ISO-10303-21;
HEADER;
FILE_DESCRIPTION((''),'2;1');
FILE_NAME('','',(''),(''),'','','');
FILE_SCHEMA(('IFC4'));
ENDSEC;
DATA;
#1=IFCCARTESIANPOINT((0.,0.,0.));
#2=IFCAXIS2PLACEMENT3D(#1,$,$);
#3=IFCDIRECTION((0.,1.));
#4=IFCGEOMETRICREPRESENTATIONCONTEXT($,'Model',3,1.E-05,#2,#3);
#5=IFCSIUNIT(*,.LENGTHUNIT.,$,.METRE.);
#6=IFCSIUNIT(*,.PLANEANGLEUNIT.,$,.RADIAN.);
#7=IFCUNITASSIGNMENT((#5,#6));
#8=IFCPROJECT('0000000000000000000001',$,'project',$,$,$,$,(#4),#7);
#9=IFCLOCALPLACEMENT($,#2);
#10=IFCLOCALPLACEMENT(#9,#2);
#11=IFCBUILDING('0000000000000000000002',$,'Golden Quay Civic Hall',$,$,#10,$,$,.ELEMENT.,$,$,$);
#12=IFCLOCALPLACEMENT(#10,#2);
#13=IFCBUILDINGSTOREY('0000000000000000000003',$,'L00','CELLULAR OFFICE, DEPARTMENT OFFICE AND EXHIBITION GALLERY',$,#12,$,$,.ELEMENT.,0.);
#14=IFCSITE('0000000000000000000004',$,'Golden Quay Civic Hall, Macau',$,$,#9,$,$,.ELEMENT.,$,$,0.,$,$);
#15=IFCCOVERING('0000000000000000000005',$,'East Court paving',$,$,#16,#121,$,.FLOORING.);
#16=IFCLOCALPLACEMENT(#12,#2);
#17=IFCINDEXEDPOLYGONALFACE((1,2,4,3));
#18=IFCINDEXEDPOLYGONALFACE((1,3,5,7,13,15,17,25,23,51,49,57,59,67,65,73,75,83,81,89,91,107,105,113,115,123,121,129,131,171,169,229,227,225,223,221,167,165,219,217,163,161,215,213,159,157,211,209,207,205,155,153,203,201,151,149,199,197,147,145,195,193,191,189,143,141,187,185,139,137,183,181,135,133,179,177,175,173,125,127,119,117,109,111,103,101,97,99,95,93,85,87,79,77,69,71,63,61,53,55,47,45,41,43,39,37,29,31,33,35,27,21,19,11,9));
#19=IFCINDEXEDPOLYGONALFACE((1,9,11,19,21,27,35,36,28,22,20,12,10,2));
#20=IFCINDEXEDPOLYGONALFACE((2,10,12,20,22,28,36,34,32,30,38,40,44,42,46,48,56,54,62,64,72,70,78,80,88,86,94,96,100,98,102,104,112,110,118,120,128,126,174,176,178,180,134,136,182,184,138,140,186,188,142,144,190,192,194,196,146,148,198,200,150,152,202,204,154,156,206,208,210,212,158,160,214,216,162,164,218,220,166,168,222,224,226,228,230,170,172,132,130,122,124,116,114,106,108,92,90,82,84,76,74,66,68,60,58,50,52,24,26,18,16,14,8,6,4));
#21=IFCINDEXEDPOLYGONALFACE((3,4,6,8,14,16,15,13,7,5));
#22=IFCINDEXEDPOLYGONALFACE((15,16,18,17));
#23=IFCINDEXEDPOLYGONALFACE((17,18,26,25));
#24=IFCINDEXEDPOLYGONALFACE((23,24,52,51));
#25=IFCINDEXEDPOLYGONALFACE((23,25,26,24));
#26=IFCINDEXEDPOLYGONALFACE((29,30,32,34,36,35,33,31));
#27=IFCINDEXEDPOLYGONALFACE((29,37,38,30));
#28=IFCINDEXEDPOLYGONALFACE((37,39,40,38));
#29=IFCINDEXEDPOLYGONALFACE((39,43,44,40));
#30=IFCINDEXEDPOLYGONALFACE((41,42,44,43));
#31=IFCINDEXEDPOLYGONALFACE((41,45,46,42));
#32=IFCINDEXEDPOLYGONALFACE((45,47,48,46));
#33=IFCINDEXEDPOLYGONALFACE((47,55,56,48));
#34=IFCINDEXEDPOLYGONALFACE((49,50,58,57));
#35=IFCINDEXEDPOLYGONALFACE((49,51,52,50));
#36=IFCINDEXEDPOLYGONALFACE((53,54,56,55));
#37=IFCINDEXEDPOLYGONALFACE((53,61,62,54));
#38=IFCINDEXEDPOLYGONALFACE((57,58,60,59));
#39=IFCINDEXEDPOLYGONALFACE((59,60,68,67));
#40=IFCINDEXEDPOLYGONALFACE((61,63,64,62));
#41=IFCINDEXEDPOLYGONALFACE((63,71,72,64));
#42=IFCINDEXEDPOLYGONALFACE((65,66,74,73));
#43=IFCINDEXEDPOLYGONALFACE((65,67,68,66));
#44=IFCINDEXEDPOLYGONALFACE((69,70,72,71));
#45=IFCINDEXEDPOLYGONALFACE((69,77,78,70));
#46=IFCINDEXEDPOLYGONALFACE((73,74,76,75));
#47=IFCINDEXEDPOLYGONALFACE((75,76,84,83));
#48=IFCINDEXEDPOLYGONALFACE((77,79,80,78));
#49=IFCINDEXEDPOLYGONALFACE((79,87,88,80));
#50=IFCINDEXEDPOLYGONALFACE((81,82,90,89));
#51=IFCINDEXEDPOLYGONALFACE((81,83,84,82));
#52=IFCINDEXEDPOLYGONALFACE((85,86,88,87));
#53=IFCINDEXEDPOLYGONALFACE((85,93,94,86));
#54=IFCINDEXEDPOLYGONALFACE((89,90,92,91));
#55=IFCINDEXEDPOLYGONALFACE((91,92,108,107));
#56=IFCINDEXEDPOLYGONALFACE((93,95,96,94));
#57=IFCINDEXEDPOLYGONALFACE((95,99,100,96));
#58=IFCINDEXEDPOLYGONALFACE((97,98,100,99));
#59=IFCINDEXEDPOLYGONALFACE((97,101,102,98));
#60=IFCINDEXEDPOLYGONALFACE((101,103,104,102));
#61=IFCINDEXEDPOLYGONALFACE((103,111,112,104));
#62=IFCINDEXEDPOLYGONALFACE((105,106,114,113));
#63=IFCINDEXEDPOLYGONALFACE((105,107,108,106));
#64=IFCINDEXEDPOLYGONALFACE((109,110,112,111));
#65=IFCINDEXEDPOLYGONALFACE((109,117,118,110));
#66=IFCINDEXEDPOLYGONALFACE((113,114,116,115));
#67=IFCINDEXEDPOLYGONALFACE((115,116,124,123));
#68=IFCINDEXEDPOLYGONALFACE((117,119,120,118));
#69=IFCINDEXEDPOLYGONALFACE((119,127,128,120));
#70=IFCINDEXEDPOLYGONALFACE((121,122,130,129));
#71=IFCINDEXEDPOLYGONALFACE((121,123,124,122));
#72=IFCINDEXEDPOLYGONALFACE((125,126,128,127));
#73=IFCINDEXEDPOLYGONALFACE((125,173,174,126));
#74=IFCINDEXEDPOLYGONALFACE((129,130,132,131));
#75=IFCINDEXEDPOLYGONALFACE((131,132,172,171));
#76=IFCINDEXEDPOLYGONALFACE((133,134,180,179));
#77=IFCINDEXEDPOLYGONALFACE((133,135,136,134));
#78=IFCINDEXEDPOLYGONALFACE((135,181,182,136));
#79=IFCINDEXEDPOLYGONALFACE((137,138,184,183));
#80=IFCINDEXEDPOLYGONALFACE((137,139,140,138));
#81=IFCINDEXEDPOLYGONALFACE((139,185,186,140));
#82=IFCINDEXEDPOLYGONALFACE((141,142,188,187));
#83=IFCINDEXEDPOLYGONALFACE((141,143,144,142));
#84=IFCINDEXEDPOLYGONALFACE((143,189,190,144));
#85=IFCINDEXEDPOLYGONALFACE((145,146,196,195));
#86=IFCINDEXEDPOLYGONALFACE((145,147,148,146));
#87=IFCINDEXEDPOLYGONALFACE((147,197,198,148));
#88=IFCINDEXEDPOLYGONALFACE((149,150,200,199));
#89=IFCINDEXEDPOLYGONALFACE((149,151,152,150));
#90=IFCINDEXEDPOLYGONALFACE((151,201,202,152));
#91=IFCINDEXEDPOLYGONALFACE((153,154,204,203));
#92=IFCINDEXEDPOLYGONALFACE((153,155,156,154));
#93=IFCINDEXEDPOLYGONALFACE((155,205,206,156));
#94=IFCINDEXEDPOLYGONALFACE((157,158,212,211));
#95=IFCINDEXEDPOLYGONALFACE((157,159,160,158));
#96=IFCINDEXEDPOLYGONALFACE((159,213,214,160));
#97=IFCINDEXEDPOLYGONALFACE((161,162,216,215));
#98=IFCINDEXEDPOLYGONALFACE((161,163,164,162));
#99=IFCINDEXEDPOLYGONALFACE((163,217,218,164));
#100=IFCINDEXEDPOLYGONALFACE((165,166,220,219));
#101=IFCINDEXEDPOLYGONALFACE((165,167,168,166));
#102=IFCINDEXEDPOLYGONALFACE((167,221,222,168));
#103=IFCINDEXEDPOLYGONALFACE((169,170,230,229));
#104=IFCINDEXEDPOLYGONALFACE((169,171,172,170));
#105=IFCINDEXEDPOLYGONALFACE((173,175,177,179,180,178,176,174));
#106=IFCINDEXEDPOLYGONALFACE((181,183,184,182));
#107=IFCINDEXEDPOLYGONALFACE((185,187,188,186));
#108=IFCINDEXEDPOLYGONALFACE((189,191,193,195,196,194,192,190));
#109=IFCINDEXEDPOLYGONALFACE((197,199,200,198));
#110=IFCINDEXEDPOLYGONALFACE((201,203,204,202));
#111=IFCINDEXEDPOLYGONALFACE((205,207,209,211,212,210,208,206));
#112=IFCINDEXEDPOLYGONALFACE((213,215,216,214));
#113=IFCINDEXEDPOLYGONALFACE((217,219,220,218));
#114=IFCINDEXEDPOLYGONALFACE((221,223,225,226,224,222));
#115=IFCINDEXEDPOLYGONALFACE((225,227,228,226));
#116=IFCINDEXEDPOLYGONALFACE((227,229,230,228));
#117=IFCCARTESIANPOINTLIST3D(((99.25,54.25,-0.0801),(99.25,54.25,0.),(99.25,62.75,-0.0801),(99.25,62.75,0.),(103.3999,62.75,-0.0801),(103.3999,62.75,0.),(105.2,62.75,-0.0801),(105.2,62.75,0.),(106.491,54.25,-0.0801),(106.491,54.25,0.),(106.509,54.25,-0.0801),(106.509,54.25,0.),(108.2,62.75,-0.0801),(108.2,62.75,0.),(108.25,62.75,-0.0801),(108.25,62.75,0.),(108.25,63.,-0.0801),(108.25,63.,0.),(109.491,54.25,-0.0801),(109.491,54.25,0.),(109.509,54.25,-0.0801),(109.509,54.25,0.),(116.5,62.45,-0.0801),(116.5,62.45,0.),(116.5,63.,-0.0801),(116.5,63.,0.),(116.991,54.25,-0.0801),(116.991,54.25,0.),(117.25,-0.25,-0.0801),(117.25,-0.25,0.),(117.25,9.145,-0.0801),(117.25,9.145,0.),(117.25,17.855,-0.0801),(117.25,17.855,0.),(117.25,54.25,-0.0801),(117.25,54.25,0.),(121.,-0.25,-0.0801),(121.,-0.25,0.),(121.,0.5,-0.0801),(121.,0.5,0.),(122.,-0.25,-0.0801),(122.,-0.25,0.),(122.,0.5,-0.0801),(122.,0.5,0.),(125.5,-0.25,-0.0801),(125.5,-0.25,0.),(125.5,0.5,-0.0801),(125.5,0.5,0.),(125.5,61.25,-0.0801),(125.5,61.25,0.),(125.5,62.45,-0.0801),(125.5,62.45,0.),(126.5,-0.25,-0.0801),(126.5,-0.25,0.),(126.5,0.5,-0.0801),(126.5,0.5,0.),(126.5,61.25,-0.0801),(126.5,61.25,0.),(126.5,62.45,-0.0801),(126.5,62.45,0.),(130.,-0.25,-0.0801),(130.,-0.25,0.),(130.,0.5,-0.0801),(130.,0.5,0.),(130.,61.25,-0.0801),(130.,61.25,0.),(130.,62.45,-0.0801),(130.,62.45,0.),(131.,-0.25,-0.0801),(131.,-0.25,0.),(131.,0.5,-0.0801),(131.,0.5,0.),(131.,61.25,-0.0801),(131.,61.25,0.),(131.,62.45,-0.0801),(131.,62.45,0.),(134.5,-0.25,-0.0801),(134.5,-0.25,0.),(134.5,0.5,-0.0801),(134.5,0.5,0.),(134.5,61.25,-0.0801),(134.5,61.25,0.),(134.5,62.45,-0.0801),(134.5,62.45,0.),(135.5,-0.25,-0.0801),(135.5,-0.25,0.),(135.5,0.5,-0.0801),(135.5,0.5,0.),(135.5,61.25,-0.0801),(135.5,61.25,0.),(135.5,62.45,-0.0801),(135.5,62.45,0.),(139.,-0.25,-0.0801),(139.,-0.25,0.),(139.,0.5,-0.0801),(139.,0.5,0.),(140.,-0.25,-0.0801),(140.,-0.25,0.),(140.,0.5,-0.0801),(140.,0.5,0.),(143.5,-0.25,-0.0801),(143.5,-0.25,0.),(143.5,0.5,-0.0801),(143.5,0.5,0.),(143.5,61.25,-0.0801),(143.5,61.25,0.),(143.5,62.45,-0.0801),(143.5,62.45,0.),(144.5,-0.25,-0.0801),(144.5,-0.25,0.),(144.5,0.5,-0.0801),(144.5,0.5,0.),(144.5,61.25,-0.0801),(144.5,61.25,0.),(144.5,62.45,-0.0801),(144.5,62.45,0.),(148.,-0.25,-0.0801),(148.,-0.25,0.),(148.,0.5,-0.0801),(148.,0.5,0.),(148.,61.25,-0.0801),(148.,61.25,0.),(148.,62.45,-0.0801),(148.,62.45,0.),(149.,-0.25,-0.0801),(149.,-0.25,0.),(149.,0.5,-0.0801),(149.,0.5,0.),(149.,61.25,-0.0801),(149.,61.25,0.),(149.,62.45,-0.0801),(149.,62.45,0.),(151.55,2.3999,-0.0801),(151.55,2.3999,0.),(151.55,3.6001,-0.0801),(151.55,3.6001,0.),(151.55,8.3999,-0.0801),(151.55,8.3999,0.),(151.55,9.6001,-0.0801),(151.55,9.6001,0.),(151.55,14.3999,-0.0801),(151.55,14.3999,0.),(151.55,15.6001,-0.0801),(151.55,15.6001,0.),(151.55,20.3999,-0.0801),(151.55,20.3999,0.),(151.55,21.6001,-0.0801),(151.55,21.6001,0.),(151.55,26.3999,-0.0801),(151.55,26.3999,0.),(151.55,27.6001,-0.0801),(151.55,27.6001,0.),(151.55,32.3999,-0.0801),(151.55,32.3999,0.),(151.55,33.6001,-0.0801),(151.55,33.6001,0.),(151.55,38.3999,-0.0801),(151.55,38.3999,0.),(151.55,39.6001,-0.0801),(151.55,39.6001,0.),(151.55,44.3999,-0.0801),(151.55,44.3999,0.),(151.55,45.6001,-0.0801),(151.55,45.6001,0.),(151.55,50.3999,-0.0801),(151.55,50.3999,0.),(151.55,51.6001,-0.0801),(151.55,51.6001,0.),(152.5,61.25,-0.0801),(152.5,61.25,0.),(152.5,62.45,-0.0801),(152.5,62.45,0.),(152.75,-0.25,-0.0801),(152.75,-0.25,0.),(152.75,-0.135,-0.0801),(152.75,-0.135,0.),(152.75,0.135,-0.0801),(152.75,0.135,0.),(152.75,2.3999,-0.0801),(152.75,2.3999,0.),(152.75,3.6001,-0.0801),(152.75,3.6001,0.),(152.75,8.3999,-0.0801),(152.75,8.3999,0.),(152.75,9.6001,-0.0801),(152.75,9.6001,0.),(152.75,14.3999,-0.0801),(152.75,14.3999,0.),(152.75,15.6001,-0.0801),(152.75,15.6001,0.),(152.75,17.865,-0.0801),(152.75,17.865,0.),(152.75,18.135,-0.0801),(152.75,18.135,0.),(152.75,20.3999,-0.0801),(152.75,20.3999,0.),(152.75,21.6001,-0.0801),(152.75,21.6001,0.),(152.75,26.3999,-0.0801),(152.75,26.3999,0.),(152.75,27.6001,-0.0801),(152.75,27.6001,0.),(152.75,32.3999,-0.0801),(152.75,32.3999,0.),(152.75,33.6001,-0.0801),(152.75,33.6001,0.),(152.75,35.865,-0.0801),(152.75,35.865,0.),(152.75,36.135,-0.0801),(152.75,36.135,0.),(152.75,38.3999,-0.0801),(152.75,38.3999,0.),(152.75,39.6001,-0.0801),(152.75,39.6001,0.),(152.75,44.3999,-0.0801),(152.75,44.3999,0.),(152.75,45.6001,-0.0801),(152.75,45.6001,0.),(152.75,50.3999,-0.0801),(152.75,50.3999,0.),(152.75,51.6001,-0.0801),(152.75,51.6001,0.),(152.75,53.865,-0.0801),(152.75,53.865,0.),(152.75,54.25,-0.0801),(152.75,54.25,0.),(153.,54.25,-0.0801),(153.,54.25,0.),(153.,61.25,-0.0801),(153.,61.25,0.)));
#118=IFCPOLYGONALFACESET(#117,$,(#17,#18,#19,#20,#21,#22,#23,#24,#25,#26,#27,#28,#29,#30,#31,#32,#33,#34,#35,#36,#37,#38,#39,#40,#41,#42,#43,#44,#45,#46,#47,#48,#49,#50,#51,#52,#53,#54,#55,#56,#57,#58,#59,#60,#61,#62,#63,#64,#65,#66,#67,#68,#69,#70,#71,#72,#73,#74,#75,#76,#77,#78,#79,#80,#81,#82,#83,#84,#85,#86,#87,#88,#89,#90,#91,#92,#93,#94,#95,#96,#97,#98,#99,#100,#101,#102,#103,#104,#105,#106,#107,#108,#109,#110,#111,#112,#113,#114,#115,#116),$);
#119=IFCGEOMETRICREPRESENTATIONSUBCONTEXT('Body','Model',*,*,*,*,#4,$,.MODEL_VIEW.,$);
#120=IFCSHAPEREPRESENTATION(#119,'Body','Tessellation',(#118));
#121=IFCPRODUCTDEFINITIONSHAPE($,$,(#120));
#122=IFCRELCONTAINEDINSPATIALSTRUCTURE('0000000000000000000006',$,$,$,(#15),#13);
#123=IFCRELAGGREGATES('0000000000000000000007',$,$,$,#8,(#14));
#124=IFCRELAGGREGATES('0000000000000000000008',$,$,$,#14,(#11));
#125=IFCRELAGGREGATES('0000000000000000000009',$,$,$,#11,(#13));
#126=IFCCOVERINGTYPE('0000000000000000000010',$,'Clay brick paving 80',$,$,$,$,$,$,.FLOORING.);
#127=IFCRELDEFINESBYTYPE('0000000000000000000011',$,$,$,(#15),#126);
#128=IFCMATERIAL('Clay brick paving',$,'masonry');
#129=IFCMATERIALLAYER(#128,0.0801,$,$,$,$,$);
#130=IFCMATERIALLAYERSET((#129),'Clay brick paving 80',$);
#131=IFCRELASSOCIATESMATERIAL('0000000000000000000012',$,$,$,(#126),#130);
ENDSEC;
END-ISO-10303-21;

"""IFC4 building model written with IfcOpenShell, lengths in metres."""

from ifc_helpers import new_model, si_unit, direction, frame, origin, place, context, subcontext, project, spatial, polyline, outline, extrude, material, layer, layer_set, type_object, element, save


model = new_model("IFC4")

# Units and contexts
model_context = context("Model", 3, precision=1e-05, world=origin(), true_north=direction((0.0, 1.0)))
body_context = subcontext(model_context, "Body", "Model", "MODEL_VIEW")
ifc_project = project(units=[si_unit("LENGTHUNIT", "METRE"), si_unit("PLANEANGLEUNIT", "RADIAN")], contexts=[model_context])

# Site, building, storey
site_placement = place(None, origin())
site = spatial("IfcSite", under=ifc_project, at=site_placement, Name="Golden Quay Civic Hall, Macau", CompositionType="ELEMENT", RefElevation=0.0)
building_placement = place(site_placement, origin())
building = spatial("IfcBuilding", under=site, at=building_placement, Name="Golden Quay Civic Hall", CompositionType="ELEMENT")
storey_placement = place(building_placement, origin())
storey = spatial("IfcBuildingStorey", under=building, at=storey_placement, Name="L00", Description="CELLULAR OFFICE, DEPARTMENT OFFICE AND EXHIBITION GALLERY", CompositionType="ELEMENT", Elevation=0.0)

# Covering
ifc_material_1 = material(Name="Clay brick paving", Category="masonry")
ifc_layer_1 = layer(ifc_material_1, 0.0801)
ifc_layer_set_1 = layer_set([ifc_layer_1], Name="Clay brick paving 80")
covering_type_1 = type_object("IfcCoveringType", Name="Clay brick paving 80", PredefinedType="FLOORING", material=ifc_layer_set_1)
covering_1_placement = place(storey_placement, frame((0.0, 0.0, -0.0801)))
element("IfcCovering", 1, at=covering_1_placement, inside=storey, type_object=covering_type_1, Name="East Court paving", PredefinedType="FLOORING", context=body_context, shape_type="SweptSolid", body=[
    extrude(outline(polyline([(116.5, 63.0), (116.5, 62.45), (125.5, 62.45), (125.5, 61.25), (126.5, 61.25), (126.5, 62.45), (130.0, 62.45), (130.0, 61.25), (131.0, 61.25), (131.0, 62.45), (134.5, 62.45), (134.5, 61.25), (135.5, 61.25), (135.5, 62.45), (143.5, 62.45), (143.5, 61.25), (144.5, 61.25), (144.5, 62.45), (148.0, 62.45), (148.0, 61.25), (149.0, 61.25), (149.0, 62.45), (152.5, 62.45), (152.5, 61.25), (153.0, 61.25), (153.0, 54.25), (152.75, 54.25), (152.75, 53.865), (152.75, 51.6001), (151.55, 51.6001), (151.55, 50.3999), (152.75, 50.3999), (152.75, 45.6001), (151.55, 45.6001), (151.55, 44.3999), (152.75, 44.3999), (152.75, 39.6001), (151.55, 39.6001), (151.55, 38.3999), (152.75, 38.3999), (152.75, 36.135), (152.75, 35.865), (152.75, 33.6001), (151.55, 33.6001), (151.55, 32.3999), (152.75, 32.3999), (152.75, 27.6001), (151.55, 27.6001), (151.55, 26.3999), (152.75, 26.3999), (152.75, 21.6001), (151.55, 21.6001), (151.55, 20.3999), (152.75, 20.3999), (152.75, 18.135), (152.75, 17.865), (152.75, 15.6001), (151.55, 15.6001), (151.55, 14.3999), (152.75, 14.3999), (152.75, 9.6001), (151.55, 9.6001), (151.55, 8.3999), (152.75, 8.3999), (152.75, 3.6001), (151.55, 3.6001), (151.55, 2.3999), (152.75, 2.3999), (152.75, 0.135), (152.75, -0.135), (152.75, -0.25), (149.0, -0.25), (149.0, 0.5), (148.0, 0.5), (148.0, -0.25), (144.5, -0.25), (144.5, 0.5), (143.5, 0.5), (143.5, -0.25), (140.0, -0.25), (140.0, 0.5), (139.0, 0.5), (139.0, -0.25), (135.5, -0.25), (135.5, 0.5), (134.5, 0.5), (134.5, -0.25), (131.0, -0.25), (131.0, 0.5), (130.0, 0.5), (130.0, -0.25), (126.5, -0.25), (126.5, 0.5), (125.5, 0.5), (125.5, -0.25), (122.0, -0.25), (122.0, 0.5), (121.0, 0.5), (121.0, -0.25), (117.25, -0.25), (117.25, 9.145), (117.25, 17.855), (117.25, 54.25), (116.991, 54.25), (109.509, 54.25), (109.491, 54.25), (106.509, 54.25), (106.491, 54.25), (99.25, 54.25), (99.25, 62.75), (103.3999, 62.75), (105.2, 62.75), (108.2, 62.75), (108.25, 62.75), (108.25, 63.0), (116.5, 63.0)])), origin(), (0.0, 0.0, 1.0), 0.0801),
])

save(model, "model.ifc")
